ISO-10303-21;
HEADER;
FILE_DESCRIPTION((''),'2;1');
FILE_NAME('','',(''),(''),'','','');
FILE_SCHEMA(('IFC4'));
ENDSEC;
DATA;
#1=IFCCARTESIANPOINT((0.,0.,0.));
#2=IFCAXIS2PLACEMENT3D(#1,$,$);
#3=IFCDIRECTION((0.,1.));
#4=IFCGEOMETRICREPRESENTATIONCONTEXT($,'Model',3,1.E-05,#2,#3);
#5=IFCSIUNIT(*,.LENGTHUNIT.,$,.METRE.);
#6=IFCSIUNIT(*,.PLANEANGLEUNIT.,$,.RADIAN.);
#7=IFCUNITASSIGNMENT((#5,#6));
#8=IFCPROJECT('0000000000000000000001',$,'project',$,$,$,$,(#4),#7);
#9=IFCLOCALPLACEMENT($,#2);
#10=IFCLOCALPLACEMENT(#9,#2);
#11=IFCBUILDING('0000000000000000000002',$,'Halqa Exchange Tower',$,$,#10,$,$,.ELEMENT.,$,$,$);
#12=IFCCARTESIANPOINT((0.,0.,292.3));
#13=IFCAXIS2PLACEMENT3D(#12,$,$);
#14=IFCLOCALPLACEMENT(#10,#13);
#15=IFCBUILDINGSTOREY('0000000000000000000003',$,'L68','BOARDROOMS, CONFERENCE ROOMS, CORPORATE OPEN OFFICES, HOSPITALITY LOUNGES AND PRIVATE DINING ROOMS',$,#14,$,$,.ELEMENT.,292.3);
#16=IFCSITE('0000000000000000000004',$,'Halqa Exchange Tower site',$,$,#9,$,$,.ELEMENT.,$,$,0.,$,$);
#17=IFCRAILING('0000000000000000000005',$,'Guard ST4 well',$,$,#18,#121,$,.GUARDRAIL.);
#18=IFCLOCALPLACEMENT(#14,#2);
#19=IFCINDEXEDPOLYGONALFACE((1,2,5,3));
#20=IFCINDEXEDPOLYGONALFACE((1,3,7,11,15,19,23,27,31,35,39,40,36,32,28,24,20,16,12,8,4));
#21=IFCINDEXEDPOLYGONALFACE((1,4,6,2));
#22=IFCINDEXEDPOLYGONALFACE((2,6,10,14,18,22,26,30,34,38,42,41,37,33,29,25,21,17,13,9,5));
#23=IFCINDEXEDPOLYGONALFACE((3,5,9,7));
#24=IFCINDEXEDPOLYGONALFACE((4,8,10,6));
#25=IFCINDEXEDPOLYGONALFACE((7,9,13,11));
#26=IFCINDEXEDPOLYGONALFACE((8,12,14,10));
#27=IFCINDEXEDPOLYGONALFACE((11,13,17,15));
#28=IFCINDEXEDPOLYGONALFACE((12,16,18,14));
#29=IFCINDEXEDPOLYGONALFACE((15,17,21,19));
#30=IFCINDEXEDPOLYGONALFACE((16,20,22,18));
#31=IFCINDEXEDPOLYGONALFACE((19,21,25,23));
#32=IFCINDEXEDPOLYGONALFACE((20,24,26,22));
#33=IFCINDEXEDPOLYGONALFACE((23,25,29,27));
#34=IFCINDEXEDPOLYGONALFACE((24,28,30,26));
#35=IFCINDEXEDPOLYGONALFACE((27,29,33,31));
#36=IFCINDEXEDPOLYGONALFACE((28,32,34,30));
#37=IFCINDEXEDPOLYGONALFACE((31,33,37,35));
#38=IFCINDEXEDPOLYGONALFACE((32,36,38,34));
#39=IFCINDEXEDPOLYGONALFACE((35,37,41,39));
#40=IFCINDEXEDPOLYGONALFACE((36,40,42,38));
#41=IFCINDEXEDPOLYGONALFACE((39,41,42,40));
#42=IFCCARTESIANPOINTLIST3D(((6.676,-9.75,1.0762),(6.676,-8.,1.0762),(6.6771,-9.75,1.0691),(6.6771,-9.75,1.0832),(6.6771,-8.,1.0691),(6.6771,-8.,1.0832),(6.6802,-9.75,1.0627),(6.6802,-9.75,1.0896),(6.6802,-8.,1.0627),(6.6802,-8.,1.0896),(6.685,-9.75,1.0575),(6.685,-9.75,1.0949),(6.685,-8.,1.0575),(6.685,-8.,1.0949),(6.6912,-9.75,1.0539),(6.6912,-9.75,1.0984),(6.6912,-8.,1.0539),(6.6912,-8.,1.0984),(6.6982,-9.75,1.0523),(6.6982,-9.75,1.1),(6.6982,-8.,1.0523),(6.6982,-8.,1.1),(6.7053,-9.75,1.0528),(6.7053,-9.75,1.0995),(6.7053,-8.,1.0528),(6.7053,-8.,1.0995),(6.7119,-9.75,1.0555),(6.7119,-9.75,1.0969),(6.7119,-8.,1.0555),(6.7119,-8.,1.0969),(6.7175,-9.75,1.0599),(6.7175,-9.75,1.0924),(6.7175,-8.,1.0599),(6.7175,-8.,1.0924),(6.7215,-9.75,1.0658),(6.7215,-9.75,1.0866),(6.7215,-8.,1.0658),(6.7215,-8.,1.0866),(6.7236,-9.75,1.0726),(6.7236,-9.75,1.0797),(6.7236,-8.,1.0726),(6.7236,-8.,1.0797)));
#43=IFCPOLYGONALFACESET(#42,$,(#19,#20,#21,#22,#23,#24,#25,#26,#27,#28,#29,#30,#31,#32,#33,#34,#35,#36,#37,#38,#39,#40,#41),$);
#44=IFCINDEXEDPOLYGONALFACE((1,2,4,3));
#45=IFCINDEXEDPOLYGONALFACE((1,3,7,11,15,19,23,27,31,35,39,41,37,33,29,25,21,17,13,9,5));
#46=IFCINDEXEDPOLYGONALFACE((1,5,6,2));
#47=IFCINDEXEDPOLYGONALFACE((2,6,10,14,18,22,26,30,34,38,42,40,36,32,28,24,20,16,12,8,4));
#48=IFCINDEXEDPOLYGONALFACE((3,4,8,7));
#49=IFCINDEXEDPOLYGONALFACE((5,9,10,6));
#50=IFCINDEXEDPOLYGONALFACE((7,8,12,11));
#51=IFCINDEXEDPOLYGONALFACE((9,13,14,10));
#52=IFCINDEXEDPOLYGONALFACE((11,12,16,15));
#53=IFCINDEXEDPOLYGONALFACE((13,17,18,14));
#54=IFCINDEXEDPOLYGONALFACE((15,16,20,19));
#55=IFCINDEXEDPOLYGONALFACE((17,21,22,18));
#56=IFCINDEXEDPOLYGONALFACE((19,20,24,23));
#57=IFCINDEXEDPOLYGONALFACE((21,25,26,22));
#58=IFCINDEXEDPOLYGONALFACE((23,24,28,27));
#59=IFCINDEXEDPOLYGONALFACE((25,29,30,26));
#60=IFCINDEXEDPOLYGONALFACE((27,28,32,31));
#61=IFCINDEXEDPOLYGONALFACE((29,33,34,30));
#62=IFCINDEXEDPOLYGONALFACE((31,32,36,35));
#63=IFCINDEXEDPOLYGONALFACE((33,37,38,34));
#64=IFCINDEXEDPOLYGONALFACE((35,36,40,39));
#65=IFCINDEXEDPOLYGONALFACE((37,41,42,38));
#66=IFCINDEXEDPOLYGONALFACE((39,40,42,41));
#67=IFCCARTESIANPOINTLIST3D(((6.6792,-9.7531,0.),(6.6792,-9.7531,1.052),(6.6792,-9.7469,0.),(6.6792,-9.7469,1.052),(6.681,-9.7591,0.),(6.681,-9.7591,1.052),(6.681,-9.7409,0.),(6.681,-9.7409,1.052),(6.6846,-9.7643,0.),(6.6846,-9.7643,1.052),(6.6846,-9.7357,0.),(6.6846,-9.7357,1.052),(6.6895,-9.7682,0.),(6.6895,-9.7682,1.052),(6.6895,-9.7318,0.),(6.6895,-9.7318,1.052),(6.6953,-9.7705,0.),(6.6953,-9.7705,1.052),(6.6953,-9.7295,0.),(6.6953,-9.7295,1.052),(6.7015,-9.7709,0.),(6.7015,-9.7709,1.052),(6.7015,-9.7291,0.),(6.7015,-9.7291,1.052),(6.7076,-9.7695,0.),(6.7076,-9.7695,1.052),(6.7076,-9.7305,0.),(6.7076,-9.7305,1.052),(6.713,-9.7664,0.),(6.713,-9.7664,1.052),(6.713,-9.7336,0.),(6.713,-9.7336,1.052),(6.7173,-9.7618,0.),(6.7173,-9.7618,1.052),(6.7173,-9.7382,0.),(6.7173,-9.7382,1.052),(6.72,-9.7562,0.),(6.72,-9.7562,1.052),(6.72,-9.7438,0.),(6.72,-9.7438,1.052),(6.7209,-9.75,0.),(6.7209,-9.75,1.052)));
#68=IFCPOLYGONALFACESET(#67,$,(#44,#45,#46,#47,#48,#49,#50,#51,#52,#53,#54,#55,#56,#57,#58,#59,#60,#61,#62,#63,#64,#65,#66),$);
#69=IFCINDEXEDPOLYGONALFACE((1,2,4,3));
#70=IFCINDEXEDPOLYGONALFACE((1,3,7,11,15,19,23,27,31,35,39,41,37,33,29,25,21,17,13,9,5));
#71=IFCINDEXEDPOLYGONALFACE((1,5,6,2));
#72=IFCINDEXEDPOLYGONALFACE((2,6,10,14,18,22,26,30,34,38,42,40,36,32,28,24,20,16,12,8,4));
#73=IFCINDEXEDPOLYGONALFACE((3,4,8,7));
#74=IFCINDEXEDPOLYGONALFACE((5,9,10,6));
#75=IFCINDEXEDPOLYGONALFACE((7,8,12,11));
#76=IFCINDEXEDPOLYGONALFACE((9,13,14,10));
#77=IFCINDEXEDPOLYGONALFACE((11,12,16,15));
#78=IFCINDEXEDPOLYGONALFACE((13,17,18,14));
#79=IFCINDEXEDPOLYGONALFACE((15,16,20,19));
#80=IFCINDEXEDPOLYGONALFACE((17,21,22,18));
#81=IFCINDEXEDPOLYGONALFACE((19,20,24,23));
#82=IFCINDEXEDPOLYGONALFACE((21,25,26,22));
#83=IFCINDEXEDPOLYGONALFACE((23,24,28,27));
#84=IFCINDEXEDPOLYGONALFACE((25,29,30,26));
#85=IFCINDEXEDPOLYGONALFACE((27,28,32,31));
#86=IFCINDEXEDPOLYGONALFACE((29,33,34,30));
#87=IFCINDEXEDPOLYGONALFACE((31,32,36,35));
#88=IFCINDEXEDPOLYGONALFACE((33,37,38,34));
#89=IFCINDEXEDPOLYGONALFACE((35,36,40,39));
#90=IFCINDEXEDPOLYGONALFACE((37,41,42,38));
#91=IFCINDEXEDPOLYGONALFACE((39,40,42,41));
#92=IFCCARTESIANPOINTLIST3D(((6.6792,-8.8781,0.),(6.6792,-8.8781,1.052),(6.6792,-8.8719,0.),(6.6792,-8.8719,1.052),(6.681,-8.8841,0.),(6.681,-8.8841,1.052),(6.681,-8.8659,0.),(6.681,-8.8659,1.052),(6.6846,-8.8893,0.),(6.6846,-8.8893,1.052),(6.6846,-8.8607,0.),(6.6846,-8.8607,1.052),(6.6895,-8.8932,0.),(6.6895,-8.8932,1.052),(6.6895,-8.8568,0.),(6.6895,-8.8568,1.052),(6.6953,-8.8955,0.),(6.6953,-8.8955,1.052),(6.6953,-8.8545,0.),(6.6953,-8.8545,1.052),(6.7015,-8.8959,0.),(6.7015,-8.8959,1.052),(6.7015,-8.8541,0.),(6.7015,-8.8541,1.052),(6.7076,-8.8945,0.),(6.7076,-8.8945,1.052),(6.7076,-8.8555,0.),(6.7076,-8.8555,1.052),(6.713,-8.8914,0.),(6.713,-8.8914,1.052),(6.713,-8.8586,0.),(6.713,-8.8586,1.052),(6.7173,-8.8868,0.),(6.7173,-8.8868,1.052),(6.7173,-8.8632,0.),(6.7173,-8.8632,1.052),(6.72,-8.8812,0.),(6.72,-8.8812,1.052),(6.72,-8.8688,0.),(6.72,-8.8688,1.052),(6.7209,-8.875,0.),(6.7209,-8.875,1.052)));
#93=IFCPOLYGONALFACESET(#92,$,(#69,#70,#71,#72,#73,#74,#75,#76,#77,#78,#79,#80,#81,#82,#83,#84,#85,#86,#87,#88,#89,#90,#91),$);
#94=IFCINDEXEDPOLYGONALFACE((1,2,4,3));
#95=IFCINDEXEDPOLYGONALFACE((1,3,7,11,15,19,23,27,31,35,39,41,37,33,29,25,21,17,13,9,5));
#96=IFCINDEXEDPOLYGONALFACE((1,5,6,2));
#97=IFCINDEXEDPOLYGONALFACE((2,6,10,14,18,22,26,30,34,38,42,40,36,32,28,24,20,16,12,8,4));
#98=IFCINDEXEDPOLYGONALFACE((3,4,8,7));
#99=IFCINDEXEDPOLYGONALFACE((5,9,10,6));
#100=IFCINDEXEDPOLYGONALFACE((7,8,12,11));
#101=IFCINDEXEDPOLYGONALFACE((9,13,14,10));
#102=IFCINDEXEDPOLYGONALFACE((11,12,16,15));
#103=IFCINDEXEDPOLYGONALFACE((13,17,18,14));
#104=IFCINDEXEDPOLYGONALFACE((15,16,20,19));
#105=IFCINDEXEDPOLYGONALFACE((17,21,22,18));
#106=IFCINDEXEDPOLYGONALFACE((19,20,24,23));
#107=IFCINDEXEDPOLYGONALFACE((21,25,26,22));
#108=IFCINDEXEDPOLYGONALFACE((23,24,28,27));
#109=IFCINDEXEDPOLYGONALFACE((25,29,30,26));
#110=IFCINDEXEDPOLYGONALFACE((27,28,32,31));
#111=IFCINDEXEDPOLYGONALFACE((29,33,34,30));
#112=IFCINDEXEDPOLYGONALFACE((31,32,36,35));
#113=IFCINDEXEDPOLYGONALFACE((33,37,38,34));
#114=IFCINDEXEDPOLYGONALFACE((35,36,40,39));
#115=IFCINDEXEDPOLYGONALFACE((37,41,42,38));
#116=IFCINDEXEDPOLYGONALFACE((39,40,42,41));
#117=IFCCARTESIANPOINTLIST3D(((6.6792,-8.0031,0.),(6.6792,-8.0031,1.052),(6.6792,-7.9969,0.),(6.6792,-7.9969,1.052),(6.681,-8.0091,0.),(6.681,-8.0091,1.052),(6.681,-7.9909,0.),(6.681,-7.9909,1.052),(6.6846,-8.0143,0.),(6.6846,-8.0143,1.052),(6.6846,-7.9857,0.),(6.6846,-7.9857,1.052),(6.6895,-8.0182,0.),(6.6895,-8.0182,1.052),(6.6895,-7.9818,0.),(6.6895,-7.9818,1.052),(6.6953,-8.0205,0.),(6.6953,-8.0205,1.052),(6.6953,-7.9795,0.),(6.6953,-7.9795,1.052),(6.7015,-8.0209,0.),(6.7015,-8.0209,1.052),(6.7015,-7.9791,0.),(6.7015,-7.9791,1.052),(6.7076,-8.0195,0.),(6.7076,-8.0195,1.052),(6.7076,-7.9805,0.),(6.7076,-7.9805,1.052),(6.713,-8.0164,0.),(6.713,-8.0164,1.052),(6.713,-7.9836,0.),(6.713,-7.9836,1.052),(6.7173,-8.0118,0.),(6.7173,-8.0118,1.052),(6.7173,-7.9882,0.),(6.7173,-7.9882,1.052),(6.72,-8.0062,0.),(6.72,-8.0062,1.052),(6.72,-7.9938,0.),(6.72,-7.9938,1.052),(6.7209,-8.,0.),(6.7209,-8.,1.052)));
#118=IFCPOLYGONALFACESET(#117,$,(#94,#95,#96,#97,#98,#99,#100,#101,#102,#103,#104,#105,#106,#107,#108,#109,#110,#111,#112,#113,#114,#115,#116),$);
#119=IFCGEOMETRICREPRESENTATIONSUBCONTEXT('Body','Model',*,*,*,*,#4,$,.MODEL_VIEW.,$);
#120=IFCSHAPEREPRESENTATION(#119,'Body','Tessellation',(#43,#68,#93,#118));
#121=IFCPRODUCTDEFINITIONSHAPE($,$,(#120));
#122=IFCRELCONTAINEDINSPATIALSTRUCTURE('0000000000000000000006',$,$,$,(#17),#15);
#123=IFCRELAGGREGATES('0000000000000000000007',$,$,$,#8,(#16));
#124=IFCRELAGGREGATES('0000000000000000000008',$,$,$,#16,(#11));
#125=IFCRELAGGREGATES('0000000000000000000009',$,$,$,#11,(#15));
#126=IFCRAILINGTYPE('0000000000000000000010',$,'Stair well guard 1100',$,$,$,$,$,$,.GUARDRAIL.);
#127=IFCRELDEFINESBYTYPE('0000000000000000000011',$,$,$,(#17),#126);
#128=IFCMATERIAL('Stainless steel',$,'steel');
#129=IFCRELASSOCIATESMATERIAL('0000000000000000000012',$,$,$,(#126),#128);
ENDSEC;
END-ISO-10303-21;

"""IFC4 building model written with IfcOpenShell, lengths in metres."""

from ifc_helpers import new_model, si_unit, direction, frame, origin, origin_2d, place, context, subcontext, project, spatial, circle, extrude, material, type_object, element, save


model = new_model("IFC4")

# Units and contexts
model_context = context("Model", 3, precision=1e-05, world=origin(), true_north=direction((0.0, 1.0)))
body_context = subcontext(model_context, "Body", "Model", "MODEL_VIEW")
ifc_project = project(units=[si_unit("LENGTHUNIT", "METRE"), si_unit("PLANEANGLEUNIT", "RADIAN")], contexts=[model_context])

# Site, building, storey
site_placement = place(None, origin())
site = spatial("IfcSite", under=ifc_project, at=site_placement, Name="Halqa Exchange Tower site", CompositionType="ELEMENT", RefElevation=0.0)
building_placement = place(site_placement, origin())
building = spatial("IfcBuilding", under=site, at=building_placement, Name="Halqa Exchange Tower", CompositionType="ELEMENT")
storey_placement = place(building_placement, frame((0.0, 0.0, 292.3)))
storey = spatial("IfcBuildingStorey", under=building, at=storey_placement, Name="L68", Description="BOARDROOMS, CONFERENCE ROOMS, CORPORATE OPEN OFFICES, HOSPITALITY LOUNGES AND PRIVATE DINING ROOMS", CompositionType="ELEMENT", Elevation=292.3)

# Railing
ifc_material_1 = material(Name="Stainless steel", Category="steel")
railing_type_1 = type_object("IfcRailingType", Name="Stair well guard 1100", PredefinedType="GUARDRAIL", material=ifc_material_1)
railing_1_placement = place(storey_placement, frame((6.7, -9.75, 0.0)))
element("IfcRailing", 1, at=railing_1_placement, inside=storey, type_object=railing_type_1, Name="Guard ST4 well", PredefinedType="GUARDRAIL", context=body_context, shape_type="SweptSolid", body=[
    extrude(circle(Radius=0.0239, at=origin_2d()), frame((0.0, 0.0, 1.0762), z_axis=(0.0, 1.0, 0.0), x_axis=(-1.0, 0.0, 0.0)), (0.0, 0.0, 1.0), 1.75),
    extrude(circle(Radius=0.021, at=origin_2d()), origin(), (0.0, 0.0, 1.0), 1.052),
    extrude(circle(Radius=0.021, at=origin_2d()), frame((0.0, 0.875, 0.0)), (0.0, 0.0, 1.0), 1.052),
    extrude(circle(Radius=0.021, at=origin_2d()), frame((0.0, 1.75, 0.0)), (0.0, 0.0, 1.0), 1.052),
])

save(model, "model.ifc")
